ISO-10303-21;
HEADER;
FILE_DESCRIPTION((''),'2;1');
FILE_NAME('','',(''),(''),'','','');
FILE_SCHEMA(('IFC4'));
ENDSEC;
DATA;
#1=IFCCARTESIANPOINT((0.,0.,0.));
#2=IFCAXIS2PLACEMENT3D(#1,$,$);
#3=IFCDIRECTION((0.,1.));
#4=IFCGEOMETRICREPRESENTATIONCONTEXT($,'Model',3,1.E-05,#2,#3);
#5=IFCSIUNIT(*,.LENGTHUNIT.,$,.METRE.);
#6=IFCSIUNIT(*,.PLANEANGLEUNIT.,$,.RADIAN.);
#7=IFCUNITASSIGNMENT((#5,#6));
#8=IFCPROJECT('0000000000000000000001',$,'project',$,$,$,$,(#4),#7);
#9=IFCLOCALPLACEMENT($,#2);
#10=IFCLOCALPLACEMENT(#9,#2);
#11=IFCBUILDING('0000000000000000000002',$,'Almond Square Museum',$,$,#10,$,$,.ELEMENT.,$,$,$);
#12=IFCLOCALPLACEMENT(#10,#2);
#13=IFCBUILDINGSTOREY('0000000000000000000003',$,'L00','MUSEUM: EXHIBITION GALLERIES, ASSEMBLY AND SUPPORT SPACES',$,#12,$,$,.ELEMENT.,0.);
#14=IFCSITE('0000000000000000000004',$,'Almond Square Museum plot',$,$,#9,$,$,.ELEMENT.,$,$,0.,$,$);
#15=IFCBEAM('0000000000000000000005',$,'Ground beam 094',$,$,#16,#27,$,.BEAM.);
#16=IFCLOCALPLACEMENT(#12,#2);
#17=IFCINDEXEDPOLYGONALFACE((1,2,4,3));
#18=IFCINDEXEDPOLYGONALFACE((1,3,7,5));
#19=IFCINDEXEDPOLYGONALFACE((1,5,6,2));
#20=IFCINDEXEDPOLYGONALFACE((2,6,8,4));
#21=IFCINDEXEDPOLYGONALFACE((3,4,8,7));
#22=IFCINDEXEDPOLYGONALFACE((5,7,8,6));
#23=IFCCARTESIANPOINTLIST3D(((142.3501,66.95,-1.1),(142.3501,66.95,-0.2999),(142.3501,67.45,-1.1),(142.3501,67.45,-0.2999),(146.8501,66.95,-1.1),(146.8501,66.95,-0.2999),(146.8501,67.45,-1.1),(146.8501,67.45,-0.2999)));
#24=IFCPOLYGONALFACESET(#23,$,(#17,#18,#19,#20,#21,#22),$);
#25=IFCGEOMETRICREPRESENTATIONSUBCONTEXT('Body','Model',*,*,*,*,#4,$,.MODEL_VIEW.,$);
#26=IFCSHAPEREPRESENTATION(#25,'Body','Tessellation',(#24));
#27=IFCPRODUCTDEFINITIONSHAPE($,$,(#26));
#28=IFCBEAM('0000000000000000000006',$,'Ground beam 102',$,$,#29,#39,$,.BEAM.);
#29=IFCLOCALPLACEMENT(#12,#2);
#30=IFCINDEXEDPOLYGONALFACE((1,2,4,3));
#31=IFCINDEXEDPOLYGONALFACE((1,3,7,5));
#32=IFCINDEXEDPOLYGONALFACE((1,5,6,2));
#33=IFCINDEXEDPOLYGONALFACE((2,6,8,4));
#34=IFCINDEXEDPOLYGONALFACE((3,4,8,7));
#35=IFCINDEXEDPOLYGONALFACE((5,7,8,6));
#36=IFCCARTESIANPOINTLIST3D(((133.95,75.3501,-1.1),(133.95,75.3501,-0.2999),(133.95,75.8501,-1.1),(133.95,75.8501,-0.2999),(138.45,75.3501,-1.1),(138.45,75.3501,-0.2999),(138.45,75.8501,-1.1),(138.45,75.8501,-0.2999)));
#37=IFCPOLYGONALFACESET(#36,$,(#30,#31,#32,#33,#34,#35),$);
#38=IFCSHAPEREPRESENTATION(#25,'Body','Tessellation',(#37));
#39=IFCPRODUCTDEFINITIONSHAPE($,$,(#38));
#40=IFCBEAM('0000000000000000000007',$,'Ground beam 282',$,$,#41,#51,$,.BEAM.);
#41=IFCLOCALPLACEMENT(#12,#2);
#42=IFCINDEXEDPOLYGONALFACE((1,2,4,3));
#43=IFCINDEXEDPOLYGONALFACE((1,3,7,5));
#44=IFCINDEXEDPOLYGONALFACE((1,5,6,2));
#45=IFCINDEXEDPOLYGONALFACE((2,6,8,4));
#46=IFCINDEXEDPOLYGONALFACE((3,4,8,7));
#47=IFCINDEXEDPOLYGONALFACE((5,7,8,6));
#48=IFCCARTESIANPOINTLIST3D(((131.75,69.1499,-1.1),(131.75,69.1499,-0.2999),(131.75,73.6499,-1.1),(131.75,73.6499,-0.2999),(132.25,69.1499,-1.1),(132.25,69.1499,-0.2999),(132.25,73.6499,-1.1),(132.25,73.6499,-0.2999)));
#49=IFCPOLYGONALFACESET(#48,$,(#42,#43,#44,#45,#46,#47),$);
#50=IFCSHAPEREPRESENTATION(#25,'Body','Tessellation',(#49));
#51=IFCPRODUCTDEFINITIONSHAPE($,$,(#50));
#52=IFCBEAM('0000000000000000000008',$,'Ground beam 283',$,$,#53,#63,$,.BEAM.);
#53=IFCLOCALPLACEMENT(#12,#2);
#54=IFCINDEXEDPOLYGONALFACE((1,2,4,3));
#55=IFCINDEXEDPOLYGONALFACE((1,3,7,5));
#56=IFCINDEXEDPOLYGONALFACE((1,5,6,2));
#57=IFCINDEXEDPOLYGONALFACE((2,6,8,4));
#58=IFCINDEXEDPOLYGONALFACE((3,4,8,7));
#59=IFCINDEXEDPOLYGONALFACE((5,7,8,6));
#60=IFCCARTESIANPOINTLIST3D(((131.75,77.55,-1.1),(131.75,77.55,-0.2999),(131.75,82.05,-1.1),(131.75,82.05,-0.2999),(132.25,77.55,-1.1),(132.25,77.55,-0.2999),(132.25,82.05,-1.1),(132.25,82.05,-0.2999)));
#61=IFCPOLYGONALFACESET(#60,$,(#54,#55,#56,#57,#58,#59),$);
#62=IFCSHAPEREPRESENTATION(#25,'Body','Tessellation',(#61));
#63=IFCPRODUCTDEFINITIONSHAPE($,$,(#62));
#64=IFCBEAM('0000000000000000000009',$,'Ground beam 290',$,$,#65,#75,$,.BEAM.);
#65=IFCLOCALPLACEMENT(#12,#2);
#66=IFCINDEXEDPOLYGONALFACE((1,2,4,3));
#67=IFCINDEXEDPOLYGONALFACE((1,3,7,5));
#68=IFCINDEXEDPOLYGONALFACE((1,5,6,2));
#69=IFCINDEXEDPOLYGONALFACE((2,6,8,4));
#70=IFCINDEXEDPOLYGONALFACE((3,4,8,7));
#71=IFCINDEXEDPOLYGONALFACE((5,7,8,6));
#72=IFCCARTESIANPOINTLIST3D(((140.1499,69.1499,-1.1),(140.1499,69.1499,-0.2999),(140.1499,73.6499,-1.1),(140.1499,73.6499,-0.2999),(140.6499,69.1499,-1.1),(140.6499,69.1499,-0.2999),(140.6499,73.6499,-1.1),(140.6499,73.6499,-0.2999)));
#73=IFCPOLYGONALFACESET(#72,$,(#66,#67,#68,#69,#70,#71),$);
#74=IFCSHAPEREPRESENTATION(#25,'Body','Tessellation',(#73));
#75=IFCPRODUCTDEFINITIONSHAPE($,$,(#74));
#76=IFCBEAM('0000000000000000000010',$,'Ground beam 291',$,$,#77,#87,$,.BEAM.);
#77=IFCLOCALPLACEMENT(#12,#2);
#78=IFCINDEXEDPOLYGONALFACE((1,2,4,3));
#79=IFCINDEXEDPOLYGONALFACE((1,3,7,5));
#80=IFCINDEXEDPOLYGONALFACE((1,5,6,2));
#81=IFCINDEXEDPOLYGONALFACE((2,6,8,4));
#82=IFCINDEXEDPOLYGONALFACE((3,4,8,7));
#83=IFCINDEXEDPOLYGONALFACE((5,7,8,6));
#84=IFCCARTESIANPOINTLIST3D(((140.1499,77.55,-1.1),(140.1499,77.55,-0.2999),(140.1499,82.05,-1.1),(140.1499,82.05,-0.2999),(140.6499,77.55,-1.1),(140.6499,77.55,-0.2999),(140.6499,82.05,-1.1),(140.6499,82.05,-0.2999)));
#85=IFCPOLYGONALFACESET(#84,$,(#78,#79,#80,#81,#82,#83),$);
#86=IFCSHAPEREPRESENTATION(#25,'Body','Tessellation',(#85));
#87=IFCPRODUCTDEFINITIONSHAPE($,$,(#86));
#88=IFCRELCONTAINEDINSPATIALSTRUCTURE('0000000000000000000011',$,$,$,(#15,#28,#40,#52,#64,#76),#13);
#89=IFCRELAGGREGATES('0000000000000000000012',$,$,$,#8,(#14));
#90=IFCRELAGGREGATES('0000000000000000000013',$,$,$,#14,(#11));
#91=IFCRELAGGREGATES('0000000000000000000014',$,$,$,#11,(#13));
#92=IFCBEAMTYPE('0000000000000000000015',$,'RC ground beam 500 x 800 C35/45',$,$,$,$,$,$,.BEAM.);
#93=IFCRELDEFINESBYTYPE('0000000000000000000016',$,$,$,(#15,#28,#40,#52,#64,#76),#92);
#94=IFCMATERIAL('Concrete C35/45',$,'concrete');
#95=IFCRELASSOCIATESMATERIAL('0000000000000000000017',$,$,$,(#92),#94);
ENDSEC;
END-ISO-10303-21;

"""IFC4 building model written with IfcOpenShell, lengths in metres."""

from ifc_helpers import new_model, si_unit, direction, frame, origin, origin_2d, place, context, subcontext, project, spatial, rectangle, extrude, material, material_profile, profile_set, type_object, element, save


model = new_model("IFC4")

# Units and contexts
model_context = context("Model", 3, precision=1e-05, world=origin(), true_north=direction((0.0, 1.0)))
body_context = subcontext(model_context, "Body", "Model", "MODEL_VIEW")
ifc_project = project(units=[si_unit("LENGTHUNIT", "METRE"), si_unit("PLANEANGLEUNIT", "RADIAN")], contexts=[model_context])

# Site, building, storey
site_placement = place(None, origin())
site = spatial("IfcSite", under=ifc_project, at=site_placement, Name="Almond Square Museum plot", CompositionType="ELEMENT", RefElevation=0.0)
building_placement = place(site_placement, origin())
building = spatial("IfcBuilding", under=site, at=building_placement, Name="Almond Square Museum", CompositionType="ELEMENT")
storey_placement = place(building_placement, origin())
storey = spatial("IfcBuildingStorey", under=building, at=storey_placement, Name="L00", Description="MUSEUM: EXHIBITION GALLERIES, ASSEMBLY AND SUPPORT SPACES", CompositionType="ELEMENT", Elevation=0.0)

# Beams
ifc_material_1 = material(Name="Concrete C35/45", Category="concrete")
ifc_material_profile_1 = material_profile(ifc_material_1, rectangle(XDim=0.5, YDim=0.8, at=origin_2d()))
ifc_profile_set_1 = profile_set([ifc_material_profile_1], Name="Concrete C35/45")
beam_type = type_object("IfcBeamType", Name="RC ground beam 500 x 800 C35/45", PredefinedType="BEAM", material=ifc_profile_set_1)
for number, where, z_axis, x_axis, name in (
    (1, (142.3501, 67.2, -0.7), (1.0, 0.0, 0.0), (0.0, 1.0, 0.0), "Ground beam 094"),
    (2, (133.95, 75.6001, -0.7), (1.0, 0.0, 0.0), (0.0, 1.0, 0.0), "Ground beam 102"),
    (3, (132.0, 69.1499, -0.7), (0.0, 1.0, 0.0), (-1.0, 0.0, 0.0), "Ground beam 282"),
    (4, (132.0, 77.55, -0.7), (0.0, 1.0, 0.0), (-1.0, 0.0, 0.0), "Ground beam 283"),
    (5, (140.3999, 69.1499, -0.7), (0.0, 1.0, 0.0), (-1.0, 0.0, 0.0), "Ground beam 290"),
    (6, (140.3999, 77.55, -0.7), (0.0, 1.0, 0.0), (-1.0, 0.0, 0.0), "Ground beam 291"),
):
    element("IfcBeam", number, at=place(storey_placement, frame(where, z_axis=z_axis, x_axis=x_axis)), inside=storey, type_object=beam_type, Name=name, PredefinedType="BEAM", context=body_context, shape_type="SweptSolid", body=[
        extrude(rectangle(XDim=0.5, YDim=0.8, at=origin_2d()), origin(), (0.0, 0.0, 1.0), 4.5),
    ])

save(model, "model.ifc")
